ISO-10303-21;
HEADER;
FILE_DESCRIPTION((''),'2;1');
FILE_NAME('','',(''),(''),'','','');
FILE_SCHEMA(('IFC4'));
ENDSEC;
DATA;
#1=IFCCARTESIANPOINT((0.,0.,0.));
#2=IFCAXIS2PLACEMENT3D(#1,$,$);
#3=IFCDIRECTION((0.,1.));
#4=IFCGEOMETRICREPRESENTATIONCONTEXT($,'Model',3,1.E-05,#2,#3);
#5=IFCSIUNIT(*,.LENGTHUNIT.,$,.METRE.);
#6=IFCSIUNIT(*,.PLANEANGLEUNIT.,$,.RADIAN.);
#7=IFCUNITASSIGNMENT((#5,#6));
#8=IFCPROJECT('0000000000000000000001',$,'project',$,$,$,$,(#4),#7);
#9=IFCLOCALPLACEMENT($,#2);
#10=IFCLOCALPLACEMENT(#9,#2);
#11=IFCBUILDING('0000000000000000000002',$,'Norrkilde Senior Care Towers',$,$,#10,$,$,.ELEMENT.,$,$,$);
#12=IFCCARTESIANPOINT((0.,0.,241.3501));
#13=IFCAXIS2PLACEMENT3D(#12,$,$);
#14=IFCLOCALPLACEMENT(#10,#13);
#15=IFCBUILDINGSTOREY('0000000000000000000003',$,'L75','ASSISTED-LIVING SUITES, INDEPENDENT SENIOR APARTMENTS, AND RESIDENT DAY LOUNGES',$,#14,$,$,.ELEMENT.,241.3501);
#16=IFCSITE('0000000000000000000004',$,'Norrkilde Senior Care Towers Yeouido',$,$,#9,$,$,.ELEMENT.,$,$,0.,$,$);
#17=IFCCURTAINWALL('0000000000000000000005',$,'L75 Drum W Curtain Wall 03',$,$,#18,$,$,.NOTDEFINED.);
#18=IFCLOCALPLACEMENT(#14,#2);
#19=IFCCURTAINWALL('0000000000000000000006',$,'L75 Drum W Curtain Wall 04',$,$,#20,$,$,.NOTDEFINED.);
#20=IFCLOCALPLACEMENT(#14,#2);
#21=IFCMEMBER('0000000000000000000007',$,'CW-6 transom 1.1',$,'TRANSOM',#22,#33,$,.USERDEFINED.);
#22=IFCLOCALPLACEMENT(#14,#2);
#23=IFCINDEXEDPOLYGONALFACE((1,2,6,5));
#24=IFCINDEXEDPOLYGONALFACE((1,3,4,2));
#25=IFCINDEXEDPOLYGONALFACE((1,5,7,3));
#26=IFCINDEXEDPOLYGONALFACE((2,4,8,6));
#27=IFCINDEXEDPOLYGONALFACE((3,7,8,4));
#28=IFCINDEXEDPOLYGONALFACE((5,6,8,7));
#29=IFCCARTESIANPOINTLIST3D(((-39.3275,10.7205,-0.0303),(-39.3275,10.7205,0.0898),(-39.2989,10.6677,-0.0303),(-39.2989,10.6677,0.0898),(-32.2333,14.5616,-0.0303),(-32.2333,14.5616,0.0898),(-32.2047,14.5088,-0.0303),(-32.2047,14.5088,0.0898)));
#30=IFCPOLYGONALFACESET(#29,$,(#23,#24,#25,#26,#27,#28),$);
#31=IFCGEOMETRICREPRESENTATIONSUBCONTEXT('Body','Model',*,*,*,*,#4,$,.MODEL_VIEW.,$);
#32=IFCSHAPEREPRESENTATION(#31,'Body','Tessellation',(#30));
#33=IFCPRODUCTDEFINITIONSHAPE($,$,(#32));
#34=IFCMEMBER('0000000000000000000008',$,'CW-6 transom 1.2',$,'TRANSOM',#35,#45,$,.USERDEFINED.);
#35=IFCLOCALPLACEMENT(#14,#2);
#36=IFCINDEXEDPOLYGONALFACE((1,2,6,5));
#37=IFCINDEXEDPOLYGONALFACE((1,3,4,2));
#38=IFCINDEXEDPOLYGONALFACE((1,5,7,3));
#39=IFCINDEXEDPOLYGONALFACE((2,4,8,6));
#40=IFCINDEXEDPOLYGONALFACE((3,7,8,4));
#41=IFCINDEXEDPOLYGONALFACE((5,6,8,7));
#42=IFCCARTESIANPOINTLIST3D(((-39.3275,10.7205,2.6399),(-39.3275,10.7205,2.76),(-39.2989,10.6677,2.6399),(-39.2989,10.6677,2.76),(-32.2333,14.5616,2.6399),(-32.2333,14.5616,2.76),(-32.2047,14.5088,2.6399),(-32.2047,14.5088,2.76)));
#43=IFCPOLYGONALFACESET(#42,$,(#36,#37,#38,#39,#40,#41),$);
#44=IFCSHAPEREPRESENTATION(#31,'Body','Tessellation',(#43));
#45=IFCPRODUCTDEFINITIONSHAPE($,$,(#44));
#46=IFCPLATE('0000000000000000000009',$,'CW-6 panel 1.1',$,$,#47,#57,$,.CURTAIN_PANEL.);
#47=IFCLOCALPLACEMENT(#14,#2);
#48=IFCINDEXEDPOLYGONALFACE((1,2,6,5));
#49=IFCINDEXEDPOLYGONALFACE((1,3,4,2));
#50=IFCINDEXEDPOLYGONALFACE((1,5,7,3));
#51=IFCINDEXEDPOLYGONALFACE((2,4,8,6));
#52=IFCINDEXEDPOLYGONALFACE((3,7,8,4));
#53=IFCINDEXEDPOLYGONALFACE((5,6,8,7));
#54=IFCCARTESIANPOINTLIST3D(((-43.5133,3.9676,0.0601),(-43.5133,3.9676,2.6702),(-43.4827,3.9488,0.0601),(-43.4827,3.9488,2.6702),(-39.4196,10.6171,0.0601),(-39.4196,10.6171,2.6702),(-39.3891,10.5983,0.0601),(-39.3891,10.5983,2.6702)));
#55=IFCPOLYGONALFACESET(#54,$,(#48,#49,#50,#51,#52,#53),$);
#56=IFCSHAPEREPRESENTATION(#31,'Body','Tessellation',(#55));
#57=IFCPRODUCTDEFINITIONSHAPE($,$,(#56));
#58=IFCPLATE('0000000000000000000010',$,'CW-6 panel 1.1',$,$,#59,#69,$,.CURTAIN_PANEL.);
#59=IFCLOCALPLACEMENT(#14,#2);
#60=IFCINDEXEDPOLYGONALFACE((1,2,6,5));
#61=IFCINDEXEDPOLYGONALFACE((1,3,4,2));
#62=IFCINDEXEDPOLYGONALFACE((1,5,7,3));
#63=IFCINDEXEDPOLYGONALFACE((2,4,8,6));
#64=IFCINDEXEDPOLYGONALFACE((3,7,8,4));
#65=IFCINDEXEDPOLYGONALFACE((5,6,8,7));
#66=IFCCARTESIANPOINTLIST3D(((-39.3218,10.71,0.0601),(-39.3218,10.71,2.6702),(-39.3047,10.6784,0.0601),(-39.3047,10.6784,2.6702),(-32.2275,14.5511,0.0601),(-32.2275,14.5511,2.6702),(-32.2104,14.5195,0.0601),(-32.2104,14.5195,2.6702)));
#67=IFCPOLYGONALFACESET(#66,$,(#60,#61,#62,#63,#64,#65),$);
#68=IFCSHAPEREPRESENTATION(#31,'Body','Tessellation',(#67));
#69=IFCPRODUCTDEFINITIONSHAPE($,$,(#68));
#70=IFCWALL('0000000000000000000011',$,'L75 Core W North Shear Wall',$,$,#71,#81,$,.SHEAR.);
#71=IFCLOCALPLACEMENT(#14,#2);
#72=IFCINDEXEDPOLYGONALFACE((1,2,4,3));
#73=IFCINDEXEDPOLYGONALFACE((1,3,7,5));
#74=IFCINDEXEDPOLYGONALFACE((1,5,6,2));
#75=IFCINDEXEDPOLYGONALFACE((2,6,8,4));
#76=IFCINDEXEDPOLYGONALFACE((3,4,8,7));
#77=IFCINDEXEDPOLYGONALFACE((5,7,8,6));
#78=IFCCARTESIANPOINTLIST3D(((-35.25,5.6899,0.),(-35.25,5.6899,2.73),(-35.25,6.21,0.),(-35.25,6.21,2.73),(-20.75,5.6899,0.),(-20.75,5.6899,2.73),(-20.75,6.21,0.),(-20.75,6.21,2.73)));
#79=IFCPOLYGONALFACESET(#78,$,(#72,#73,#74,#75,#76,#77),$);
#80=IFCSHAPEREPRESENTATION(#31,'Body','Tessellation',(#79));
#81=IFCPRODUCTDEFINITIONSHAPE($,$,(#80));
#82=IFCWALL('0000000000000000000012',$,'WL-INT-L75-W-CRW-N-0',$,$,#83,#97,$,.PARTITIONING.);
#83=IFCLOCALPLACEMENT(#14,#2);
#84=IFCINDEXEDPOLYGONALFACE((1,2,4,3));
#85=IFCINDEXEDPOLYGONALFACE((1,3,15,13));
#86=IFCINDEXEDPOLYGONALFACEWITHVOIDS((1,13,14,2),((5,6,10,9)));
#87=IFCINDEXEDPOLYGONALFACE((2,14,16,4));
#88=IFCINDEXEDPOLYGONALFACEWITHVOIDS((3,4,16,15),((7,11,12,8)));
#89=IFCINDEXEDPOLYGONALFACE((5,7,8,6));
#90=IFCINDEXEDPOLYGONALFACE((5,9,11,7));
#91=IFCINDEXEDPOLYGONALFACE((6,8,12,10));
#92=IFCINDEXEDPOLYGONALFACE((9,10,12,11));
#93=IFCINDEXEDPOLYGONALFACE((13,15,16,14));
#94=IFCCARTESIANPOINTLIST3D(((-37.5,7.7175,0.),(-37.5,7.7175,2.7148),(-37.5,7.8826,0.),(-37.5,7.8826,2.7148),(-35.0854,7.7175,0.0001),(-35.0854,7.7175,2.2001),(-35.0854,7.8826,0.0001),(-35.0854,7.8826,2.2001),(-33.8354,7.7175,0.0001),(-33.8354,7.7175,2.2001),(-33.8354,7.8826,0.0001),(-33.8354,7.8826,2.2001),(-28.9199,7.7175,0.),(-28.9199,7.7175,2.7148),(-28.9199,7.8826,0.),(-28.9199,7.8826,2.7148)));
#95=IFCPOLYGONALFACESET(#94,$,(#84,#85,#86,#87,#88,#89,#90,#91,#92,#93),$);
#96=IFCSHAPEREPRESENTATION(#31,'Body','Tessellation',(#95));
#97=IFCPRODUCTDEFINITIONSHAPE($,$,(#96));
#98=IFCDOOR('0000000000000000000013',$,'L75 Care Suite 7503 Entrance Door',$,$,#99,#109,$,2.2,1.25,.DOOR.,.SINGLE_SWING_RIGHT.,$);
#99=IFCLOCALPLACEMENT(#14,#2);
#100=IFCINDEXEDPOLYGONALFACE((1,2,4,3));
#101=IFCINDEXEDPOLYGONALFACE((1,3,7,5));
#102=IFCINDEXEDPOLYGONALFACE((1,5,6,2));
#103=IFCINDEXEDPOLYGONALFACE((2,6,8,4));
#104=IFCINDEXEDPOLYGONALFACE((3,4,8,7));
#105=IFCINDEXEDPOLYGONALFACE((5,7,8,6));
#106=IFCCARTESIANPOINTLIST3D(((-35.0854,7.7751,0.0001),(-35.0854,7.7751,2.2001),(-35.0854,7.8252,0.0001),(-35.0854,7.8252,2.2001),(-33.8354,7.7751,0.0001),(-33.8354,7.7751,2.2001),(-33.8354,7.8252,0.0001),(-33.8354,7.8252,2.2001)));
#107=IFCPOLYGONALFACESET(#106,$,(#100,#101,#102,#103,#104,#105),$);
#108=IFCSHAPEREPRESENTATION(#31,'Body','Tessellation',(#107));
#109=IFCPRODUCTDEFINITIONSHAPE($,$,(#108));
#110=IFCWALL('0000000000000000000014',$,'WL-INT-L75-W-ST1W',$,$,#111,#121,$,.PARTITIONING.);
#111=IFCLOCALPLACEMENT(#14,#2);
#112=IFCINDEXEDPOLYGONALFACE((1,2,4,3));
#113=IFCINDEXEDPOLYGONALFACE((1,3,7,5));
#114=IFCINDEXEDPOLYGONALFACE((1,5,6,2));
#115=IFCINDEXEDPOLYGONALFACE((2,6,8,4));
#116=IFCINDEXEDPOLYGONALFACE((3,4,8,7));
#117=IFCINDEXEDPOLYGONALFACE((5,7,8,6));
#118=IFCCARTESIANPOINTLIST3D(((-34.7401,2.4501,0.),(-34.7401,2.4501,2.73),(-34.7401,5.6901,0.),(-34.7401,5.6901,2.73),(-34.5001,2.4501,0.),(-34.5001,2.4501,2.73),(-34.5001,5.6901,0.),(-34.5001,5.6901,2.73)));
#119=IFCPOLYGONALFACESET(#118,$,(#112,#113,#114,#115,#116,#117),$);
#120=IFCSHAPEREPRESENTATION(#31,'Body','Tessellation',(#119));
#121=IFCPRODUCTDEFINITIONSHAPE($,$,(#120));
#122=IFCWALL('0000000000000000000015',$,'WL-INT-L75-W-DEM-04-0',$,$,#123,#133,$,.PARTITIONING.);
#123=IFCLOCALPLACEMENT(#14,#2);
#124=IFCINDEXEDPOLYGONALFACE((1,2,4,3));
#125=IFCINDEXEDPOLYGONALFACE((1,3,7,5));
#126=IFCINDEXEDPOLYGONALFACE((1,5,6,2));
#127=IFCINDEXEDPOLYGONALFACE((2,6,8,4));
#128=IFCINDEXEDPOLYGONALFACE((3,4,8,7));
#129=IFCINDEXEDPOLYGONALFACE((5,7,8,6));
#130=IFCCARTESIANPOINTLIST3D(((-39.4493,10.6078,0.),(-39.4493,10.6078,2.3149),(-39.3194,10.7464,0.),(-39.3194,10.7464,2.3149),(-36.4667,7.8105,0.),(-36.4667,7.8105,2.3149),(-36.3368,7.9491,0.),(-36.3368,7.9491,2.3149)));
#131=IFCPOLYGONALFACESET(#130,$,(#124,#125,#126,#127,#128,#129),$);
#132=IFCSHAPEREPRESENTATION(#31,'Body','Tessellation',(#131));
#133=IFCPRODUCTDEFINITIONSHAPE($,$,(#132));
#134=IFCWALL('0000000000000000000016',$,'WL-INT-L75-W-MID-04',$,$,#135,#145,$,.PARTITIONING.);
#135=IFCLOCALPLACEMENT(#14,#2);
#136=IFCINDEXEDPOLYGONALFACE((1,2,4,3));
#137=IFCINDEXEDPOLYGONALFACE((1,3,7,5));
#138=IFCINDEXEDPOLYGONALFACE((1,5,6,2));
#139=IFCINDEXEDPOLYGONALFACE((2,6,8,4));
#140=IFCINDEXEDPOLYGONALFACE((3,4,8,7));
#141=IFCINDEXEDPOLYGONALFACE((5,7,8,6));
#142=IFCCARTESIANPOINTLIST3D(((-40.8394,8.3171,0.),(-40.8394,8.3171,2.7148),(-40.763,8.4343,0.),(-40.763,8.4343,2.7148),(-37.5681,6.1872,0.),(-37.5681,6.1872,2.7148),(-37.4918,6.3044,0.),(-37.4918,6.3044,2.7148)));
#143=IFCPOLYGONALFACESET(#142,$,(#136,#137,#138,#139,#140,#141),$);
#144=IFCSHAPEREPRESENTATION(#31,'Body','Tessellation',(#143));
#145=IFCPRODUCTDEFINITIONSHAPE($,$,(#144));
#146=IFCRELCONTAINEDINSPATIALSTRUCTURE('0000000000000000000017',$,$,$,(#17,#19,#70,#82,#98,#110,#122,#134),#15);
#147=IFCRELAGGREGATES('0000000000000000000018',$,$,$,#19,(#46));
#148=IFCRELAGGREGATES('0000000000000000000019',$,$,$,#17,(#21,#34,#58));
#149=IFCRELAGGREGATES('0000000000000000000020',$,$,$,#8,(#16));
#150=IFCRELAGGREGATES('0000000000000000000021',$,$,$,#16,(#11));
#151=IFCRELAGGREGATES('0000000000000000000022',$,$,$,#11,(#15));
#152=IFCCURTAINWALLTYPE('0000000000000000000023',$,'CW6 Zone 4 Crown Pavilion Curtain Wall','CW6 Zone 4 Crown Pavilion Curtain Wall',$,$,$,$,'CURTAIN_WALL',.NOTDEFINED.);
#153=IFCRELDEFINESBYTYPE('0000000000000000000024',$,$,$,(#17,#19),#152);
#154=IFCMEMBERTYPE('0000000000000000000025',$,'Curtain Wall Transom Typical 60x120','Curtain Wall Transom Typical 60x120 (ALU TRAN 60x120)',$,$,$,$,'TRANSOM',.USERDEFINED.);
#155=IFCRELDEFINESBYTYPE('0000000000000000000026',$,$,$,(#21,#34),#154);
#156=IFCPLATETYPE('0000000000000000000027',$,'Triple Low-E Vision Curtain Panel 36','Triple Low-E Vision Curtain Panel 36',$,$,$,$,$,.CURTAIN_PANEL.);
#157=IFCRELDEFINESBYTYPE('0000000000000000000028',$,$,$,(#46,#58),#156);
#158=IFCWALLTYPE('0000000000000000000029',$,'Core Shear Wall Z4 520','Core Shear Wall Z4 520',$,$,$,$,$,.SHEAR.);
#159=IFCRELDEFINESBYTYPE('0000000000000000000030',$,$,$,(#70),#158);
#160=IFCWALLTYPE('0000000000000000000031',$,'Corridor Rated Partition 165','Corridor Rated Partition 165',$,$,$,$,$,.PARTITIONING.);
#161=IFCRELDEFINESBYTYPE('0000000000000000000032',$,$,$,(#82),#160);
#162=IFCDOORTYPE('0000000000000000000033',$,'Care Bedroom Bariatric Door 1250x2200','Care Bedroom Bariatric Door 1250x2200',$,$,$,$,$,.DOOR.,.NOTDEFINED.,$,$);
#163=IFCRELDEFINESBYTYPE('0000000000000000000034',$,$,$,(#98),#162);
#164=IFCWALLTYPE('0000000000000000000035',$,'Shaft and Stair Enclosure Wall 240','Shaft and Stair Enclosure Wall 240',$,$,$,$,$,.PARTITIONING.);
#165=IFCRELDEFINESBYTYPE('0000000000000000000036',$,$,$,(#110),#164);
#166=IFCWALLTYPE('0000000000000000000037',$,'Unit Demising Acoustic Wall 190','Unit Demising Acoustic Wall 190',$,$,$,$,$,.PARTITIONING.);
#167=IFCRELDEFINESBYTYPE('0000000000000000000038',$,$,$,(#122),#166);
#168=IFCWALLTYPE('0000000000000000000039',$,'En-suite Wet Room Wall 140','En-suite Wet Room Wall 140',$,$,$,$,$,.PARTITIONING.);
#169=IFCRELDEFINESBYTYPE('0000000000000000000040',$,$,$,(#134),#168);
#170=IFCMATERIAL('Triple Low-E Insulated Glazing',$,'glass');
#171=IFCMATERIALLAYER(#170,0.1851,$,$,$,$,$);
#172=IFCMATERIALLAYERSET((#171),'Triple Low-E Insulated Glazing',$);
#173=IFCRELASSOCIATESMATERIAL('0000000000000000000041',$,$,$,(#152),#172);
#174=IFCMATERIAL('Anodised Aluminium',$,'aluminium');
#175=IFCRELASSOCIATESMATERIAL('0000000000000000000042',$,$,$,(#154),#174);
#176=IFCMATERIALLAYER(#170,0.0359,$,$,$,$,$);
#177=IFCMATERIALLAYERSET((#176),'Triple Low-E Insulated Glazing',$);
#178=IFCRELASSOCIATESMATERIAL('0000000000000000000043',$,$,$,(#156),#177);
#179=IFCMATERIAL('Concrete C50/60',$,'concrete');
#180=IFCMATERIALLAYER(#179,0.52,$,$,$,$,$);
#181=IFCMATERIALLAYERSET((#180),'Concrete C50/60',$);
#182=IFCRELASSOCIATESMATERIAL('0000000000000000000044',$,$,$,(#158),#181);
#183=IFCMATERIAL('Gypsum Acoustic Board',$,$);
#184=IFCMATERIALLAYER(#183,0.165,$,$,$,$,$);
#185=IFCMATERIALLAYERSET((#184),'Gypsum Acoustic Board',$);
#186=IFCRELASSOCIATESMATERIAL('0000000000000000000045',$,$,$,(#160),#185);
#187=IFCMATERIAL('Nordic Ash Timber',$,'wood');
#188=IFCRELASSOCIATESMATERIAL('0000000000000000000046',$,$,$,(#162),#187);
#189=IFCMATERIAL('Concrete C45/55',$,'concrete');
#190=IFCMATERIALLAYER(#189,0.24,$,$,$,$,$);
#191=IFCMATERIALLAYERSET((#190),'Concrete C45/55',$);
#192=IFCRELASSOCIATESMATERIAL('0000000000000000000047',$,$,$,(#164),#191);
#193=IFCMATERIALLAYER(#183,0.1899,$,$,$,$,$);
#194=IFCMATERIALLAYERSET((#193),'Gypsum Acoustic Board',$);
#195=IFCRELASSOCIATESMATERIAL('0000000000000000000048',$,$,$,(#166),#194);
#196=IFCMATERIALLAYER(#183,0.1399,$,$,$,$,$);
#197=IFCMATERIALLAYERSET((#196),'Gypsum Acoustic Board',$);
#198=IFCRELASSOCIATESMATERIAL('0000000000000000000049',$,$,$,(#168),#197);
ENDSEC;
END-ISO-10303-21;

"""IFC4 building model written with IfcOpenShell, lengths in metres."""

from ifc_helpers import new_model, si_unit, direction, frame, frame_2d, origin, origin_2d, place, context, subcontext, project, spatial, rectangle, extrude, source, transform, mapped, material, layer, layer_set, material_profile, profile_set, type_object, type_shapes, element, fill, aggregate, save


model = new_model("IFC4")

# Units and contexts
model_context = context("Model", 3, precision=1e-05, world=origin(), true_north=direction((0.0, 1.0)))
body_context = subcontext(model_context, "Body", "Model", "MODEL_VIEW")
ifc_project = project(units=[si_unit("LENGTHUNIT", "METRE"), si_unit("PLANEANGLEUNIT", "RADIAN")], contexts=[model_context])

# Site, building, storey
site_placement = place(None, origin())
site = spatial("IfcSite", under=ifc_project, at=site_placement, Name="Norrkilde Senior Care Towers Yeouido", CompositionType="ELEMENT", RefElevation=0.0)
building_placement = place(site_placement, origin())
building = spatial("IfcBuilding", under=site, at=building_placement, Name="Norrkilde Senior Care Towers", CompositionType="ELEMENT")
storey_placement = place(building_placement, frame((0.0, 0.0, 241.3501)))
storey = spatial("IfcBuildingStorey", under=building, at=storey_placement, Name="L75", Description="ASSISTED-LIVING SUITES, INDEPENDENT SENIOR APARTMENTS, AND RESIDENT DAY LOUNGES", CompositionType="ELEMENT", Elevation=241.3501)

# Shared definitions
ifc_material_1 = material(Name="Concrete C50/60", Category="concrete")

# Curtain wall
ifc_material_2 = material(Name="Triple Low-E Insulated Glazing", Category="glass")
ifc_layer_1 = layer(ifc_material_2, 0.1851)
ifc_layer_set_1 = layer_set([ifc_layer_1], Name="Triple Low-E Insulated Glazing")
curtain_wall_type = type_object("IfcCurtainWallType", Name="CW6 Zone 4 Crown Pavilion Curtain Wall", Description="CW6 Zone 4 Crown Pavilion Curtain Wall", ElementType="CURTAIN_WALL", PredefinedType="NOTDEFINED", material=ifc_layer_set_1)
curtain_wall_1_placement = place(storey_placement, origin())
curtain_wall_1 = element("IfcCurtainWall", 1, at=curtain_wall_1_placement, inside=storey, type_object=curtain_wall_type, Name="L75 Drum W Curtain Wall 03", PredefinedType="NOTDEFINED")
ifc_material_3 = material(Name="Anodised Aluminium", Category="aluminium")

# Curtain wall
curtain_wall_2_placement = place(storey_placement, origin())
curtain_wall_2 = element("IfcCurtainWall", 2, at=curtain_wall_2_placement, inside=storey, type_object=curtain_wall_type, Name="L75 Drum W Curtain Wall 04", PredefinedType="NOTDEFINED")

# Members
ifc_material_profile_1 = material_profile(ifc_material_3, rectangle(XDim=0.0601, YDim=0.1201, at=origin_2d()), Name="ALU TRAN 60x120")
ifc_profile_set_1 = profile_set([ifc_material_profile_1], Name="Anodised Aluminium")
member_type_1 = type_object("IfcMemberType", Name="Curtain Wall Transom Typical 60x120", Description="Curtain Wall Transom Typical 60x120 (ALU TRAN 60x120)", ElementType="TRANSOM", PredefinedType="USERDEFINED", material=ifc_profile_set_1)
shared_shape_1 = source(origin(), body_context, "Body", "SweptSolid", [
    extrude(rectangle(XDim=0.0601, YDim=0.1201, at=origin_2d()), origin(), (0.0, 0.0, 1.0), 8.0674),
])
member_1_placement = place(storey_placement, frame((-39.3132, 10.6941, 0.0298), z_axis=(0.879378, 0.476125, 0.0), x_axis=(-0.476125, 0.879378, 0.0)))
member_1 = element("IfcMember", 3, at=member_1_placement, type_object=member_type_1, Name="CW-6 transom 1.1", ObjectType="TRANSOM", PredefinedType="USERDEFINED", context=body_context, shape_type="MappedRepresentation", body=[
    mapped(shared_shape_1, transform((0.0, 0.0, 0.0), x_axis=(1.0, 0.0, 0.0), y_axis=(0.0, 1.0, 0.0), z_axis=(0.0, 0.0, 1.0), scale=1.0)),
])
member_2_placement = place(storey_placement, frame((-39.3132, 10.6941, 2.7), z_axis=(0.879378, 0.476125, 0.0), x_axis=(-0.476125, 0.879378, 0.0)))
member_2 = element("IfcMember", 4, at=member_2_placement, type_object=member_type_1, Name="CW-6 transom 1.2", ObjectType="TRANSOM", PredefinedType="USERDEFINED", context=body_context, shape_type="MappedRepresentation", body=[
    mapped(shared_shape_1, transform((0.0, 0.0, 0.0), x_axis=(1.0, 0.0, 0.0), y_axis=(0.0, 1.0, 0.0), z_axis=(0.0, 0.0, 1.0), scale=1.0)),
])

# Plates
ifc_layer_2 = layer(ifc_material_2, 0.0359)
ifc_layer_set_2 = layer_set([ifc_layer_2], Name="Triple Low-E Insulated Glazing")
plate_type = type_object("IfcPlateType", Name="Triple Low-E Vision Curtain Panel 36", Description="Triple Low-E Vision Curtain Panel 36", PredefinedType="CURTAIN_PANEL", material=ifc_layer_set_2)
shared_shape_2 = source(origin(), body_context, "Body", "SweptSolid", [
    extrude(rectangle(XDim=7.8086, YDim=0.0359, at=origin_2d()), origin(), (0.0, 0.0, 1.0), 2.6101),
])
plate_1_placement = place(storey_placement, frame((-41.4512, 7.283, 0.0601), z_axis=(0.0, 0.0, 1.0), x_axis=(0.524253, 0.851563, 0.0)))
plate_1 = element("IfcPlate", 5, at=plate_1_placement, type_object=plate_type, Name="CW-6 panel 1.1", PredefinedType="CURTAIN_PANEL", context=body_context, shape_type="MappedRepresentation", body=[
    mapped(shared_shape_2, transform((0.0, 0.0, 0.0), x_axis=(1.0, 0.0, 0.0), y_axis=(0.0, 1.0, 0.0), z_axis=(0.0, 0.0, 1.0), scale=1.0)),
])
aggregate(curtain_wall_2, [plate_1])
shared_shape_3 = source(origin(), body_context, "Body", "SweptSolid", [
    extrude(rectangle(XDim=8.0674, YDim=0.0359, at=origin_2d()), origin(), (0.0, 0.0, 1.0), 2.6101),
])
type_shapes(plate_type, [shared_shape_2, shared_shape_3])
plate_2_placement = place(storey_placement, frame((-35.7661, 12.6147, 0.0601), z_axis=(0.0, 0.0, 1.0), x_axis=(0.879373, 0.476133, 0.0)))
plate_2 = element("IfcPlate", 6, at=plate_2_placement, type_object=plate_type, Name="CW-6 panel 1.1", PredefinedType="CURTAIN_PANEL", context=body_context, shape_type="MappedRepresentation", body=[
    mapped(shared_shape_3, transform((0.0, 0.0, 0.0), x_axis=(1.0, 0.0, 0.0), y_axis=(0.0, 1.0, 0.0), z_axis=(0.0, 0.0, 1.0), scale=1.0)),
])
aggregate(curtain_wall_1, [member_1, member_2, plate_2])

# Wall
ifc_layer_3 = layer(ifc_material_1, 0.52)
ifc_layer_set_3 = layer_set([ifc_layer_3], Name="Concrete C50/60")
wall_type_1 = type_object("IfcWallType", Name="Core Shear Wall Z4 520", Description="Core Shear Wall Z4 520", PredefinedType="SHEAR", material=ifc_layer_set_3)
shared_shape_4 = source(origin(), body_context, "Body", "SweptSolid", [
    extrude(rectangle(XDim=14.5, YDim=0.52, at=frame_2d((7.25, 0.0))), origin(), (0.0, 0.0, 1.0), 2.73),
])
type_shapes(wall_type_1, [shared_shape_4])
wall_1_placement = place(storey_placement, frame((-35.25, 5.95, 0.0), z_axis=(0.0, 0.0, 1.0), x_axis=(1.0, 0.0, 0.0)))
element("IfcWall", 7, at=wall_1_placement, inside=storey, type_object=wall_type_1, Name="L75 Core W North Shear Wall", PredefinedType="SHEAR", context=body_context, shape_type="MappedRepresentation", body=[
    mapped(shared_shape_4, transform((0.0, 0.0, 0.0), x_axis=(1.0, 0.0, 0.0), y_axis=(0.0, 1.0, 0.0), z_axis=(0.0, 0.0, 1.0), scale=1.0)),
])

# Wall, opening, door
ifc_material_4 = material(Name="Gypsum Acoustic Board")
ifc_layer_4 = layer(ifc_material_4, 0.165)
ifc_layer_set_4 = layer_set([ifc_layer_4], Name="Gypsum Acoustic Board")
wall_type_2 = type_object("IfcWallType", Name="Corridor Rated Partition 165", Description="Corridor Rated Partition 165", PredefinedType="PARTITIONING", material=ifc_layer_set_4)
shared_shape_5 = source(origin(), body_context, "Body", "SweptSolid", [
    extrude(rectangle(XDim=8.5801, YDim=0.165, at=frame_2d((4.29, 0.0))), origin(), (0.0, 0.0, 1.0), 2.7148),
])
type_shapes(wall_type_2, [shared_shape_5])
wall_2_placement = place(storey_placement, frame((-37.5, 7.8, 0.0), z_axis=(0.0, 0.0, 1.0), x_axis=(1.0, 0.0, 0.0)))
wall_2 = element("IfcWall", 8, at=wall_2_placement, inside=storey, type_object=wall_type_2, Name="WL-INT-L75-W-CRW-N-0", PredefinedType="PARTITIONING", context=body_context, shape_type="MappedRepresentation", body=[
    mapped(shared_shape_5, transform((0.0, 0.0, 0.0), x_axis=(1.0, 0.0, 0.0), y_axis=(0.0, 1.0, 0.0), z_axis=(0.0, 0.0, 1.0), scale=1.0)),
])
opening_placement = place(wall_2_placement, frame((2.4146, 0.0, 0.0)))
opening = element("IfcOpeningElement", 9, at=opening_placement, cuts=wall_2, PredefinedType="OPENING", context=body_context, shape_type="SweptSolid", body=[
    extrude(rectangle(XDim=1.25, YDim=2.2, at=frame_2d((0.625, 1.1001))), frame((0.0, 0.0925, 0.0), z_axis=(0.0, -1.0, 0.0), x_axis=(1.0, 0.0, 0.0)), (0.0, 0.0, 1.0), 0.1851),
])
ifc_material_5 = material(Name="Nordic Ash Timber", Category="wood")
door_type = type_object("IfcDoorType", Name="Care Bedroom Bariatric Door 1250x2200", Description="Care Bedroom Bariatric Door 1250x2200", OperationType="NOTDEFINED", PredefinedType="DOOR", material=ifc_material_5)
shared_shape_6 = source(origin(), body_context, "Body", "SweptSolid", [
    extrude(rectangle(XDim=1.25, YDim=2.2, at=frame_2d((0.625, 1.1001))), frame((0.0, 0.0249, 0.0), z_axis=(0.0, -1.0, 0.0), x_axis=(1.0, 0.0, 0.0)), (0.0, 0.0, 1.0), 0.05),
])
type_shapes(door_type, [shared_shape_6])
door_placement = place(opening_placement, frame((1.25, 0.0, 0.0), z_axis=(0.0, 0.0, 1.0), x_axis=(-1.0, 0.0, 0.0)))
door = element("IfcDoor", 10, at=door_placement, inside=storey, type_object=door_type, Name="L75 Care Suite 7503 Entrance Door", OperationType="SINGLE_SWING_RIGHT", OverallHeight=2.2, OverallWidth=1.25, PredefinedType="DOOR", context=body_context, shape_type="MappedRepresentation", body=[
    mapped(shared_shape_6, transform((0.0, 0.0, 0.0), x_axis=(1.0, 0.0, 0.0), y_axis=(0.0, 1.0, 0.0), z_axis=(0.0, 0.0, 1.0), scale=1.0)),
])
fill(opening, door)

# Walls
ifc_material_6 = material(Name="Concrete C45/55", Category="concrete")
ifc_layer_5 = layer(ifc_material_6, 0.24)
ifc_layer_set_5 = layer_set([ifc_layer_5], Name="Concrete C45/55")
wall_type_3 = type_object("IfcWallType", Name="Shaft and Stair Enclosure Wall 240", Description="Shaft and Stair Enclosure Wall 240", PredefinedType="PARTITIONING", material=ifc_layer_set_5)
shared_shape_7 = source(origin(), body_context, "Body", "SweptSolid", [
    extrude(rectangle(XDim=3.24, YDim=0.24, at=frame_2d((1.6201, 0.0))), origin(), (0.0, 0.0, 1.0), 2.73),
])
type_shapes(wall_type_3, [shared_shape_7])
wall_3_placement = place(storey_placement, frame((-34.6201, 2.45, 0.0), z_axis=(0.0, 0.0, 1.0), x_axis=(0.0, 1.0, 0.0)))
element("IfcWall", 11, at=wall_3_placement, inside=storey, type_object=wall_type_3, Name="WL-INT-L75-W-ST1W", PredefinedType="PARTITIONING", context=body_context, shape_type="MappedRepresentation", body=[
    mapped(shared_shape_7, transform((0.0, 0.0, 0.0), x_axis=(1.0, 0.0, 0.0), y_axis=(0.0, 1.0, 0.0), z_axis=(0.0, 0.0, 1.0), scale=1.0)),
])
ifc_layer_6 = layer(ifc_material_4, 0.1899)
ifc_layer_set_6 = layer_set([ifc_layer_6], Name="Gypsum Acoustic Board")
wall_type_4 = type_object("IfcWallType", Name="Unit Demising Acoustic Wall 190", Description="Unit Demising Acoustic Wall 190", PredefinedType="PARTITIONING", material=ifc_layer_set_6)
shared_shape_8 = source(origin(), body_context, "Body", "SweptSolid", [
    extrude(rectangle(XDim=4.0891, YDim=0.1899, at=frame_2d((2.0444, 0.0))), origin(), (0.0, 0.0, 1.0), 2.3149),
])
type_shapes(wall_type_4, [shared_shape_8])
wall_4_placement = place(storey_placement, frame((-36.4019, 7.8799, 0.0), z_axis=(0.0, 0.0, 1.0), x_axis=(-0.729401, 0.684086, 0.0)))
element("IfcWall", 12, at=wall_4_placement, inside=storey, type_object=wall_type_4, Name="WL-INT-L75-W-DEM-04-0", PredefinedType="PARTITIONING", context=body_context, shape_type="MappedRepresentation", body=[
    mapped(shared_shape_8, transform((0.0, 0.0, 0.0), x_axis=(1.0, 0.0, 0.0), y_axis=(0.0, 1.0, 0.0), z_axis=(0.0, 0.0, 1.0), scale=1.0)),
])
ifc_layer_7 = layer(ifc_material_4, 0.1399)
ifc_layer_set_7 = layer_set([ifc_layer_7], Name="Gypsum Acoustic Board")
wall_type_5 = type_object("IfcWallType", Name="En-suite Wet Room Wall 140", Description="En-suite Wet Room Wall 140", PredefinedType="PARTITIONING", material=ifc_layer_set_7)
shared_shape_9 = source(origin(), body_context, "Body", "SweptSolid", [
    extrude(rectangle(XDim=3.9036, YDim=0.1399, at=frame_2d((1.9517, 0.0))), origin(), (0.0, 0.0, 1.0), 2.7148),
])
type_shapes(wall_type_5, [shared_shape_9])
wall_5_placement = place(storey_placement, frame((-37.53, 6.2458, 0.0), z_axis=(0.0, 0.0, 1.0), x_axis=(-0.838025, 0.545632, 0.0)))
element("IfcWall", 13, at=wall_5_placement, inside=storey, type_object=wall_type_5, Name="WL-INT-L75-W-MID-04", PredefinedType="PARTITIONING", context=body_context, shape_type="MappedRepresentation", body=[
    mapped(shared_shape_9, transform((0.0, 0.0, 0.0), x_axis=(1.0, 0.0, 0.0), y_axis=(0.0, 1.0, 0.0), z_axis=(0.0, 0.0, 1.0), scale=1.0)),
])

save(model, "model.ifc")
